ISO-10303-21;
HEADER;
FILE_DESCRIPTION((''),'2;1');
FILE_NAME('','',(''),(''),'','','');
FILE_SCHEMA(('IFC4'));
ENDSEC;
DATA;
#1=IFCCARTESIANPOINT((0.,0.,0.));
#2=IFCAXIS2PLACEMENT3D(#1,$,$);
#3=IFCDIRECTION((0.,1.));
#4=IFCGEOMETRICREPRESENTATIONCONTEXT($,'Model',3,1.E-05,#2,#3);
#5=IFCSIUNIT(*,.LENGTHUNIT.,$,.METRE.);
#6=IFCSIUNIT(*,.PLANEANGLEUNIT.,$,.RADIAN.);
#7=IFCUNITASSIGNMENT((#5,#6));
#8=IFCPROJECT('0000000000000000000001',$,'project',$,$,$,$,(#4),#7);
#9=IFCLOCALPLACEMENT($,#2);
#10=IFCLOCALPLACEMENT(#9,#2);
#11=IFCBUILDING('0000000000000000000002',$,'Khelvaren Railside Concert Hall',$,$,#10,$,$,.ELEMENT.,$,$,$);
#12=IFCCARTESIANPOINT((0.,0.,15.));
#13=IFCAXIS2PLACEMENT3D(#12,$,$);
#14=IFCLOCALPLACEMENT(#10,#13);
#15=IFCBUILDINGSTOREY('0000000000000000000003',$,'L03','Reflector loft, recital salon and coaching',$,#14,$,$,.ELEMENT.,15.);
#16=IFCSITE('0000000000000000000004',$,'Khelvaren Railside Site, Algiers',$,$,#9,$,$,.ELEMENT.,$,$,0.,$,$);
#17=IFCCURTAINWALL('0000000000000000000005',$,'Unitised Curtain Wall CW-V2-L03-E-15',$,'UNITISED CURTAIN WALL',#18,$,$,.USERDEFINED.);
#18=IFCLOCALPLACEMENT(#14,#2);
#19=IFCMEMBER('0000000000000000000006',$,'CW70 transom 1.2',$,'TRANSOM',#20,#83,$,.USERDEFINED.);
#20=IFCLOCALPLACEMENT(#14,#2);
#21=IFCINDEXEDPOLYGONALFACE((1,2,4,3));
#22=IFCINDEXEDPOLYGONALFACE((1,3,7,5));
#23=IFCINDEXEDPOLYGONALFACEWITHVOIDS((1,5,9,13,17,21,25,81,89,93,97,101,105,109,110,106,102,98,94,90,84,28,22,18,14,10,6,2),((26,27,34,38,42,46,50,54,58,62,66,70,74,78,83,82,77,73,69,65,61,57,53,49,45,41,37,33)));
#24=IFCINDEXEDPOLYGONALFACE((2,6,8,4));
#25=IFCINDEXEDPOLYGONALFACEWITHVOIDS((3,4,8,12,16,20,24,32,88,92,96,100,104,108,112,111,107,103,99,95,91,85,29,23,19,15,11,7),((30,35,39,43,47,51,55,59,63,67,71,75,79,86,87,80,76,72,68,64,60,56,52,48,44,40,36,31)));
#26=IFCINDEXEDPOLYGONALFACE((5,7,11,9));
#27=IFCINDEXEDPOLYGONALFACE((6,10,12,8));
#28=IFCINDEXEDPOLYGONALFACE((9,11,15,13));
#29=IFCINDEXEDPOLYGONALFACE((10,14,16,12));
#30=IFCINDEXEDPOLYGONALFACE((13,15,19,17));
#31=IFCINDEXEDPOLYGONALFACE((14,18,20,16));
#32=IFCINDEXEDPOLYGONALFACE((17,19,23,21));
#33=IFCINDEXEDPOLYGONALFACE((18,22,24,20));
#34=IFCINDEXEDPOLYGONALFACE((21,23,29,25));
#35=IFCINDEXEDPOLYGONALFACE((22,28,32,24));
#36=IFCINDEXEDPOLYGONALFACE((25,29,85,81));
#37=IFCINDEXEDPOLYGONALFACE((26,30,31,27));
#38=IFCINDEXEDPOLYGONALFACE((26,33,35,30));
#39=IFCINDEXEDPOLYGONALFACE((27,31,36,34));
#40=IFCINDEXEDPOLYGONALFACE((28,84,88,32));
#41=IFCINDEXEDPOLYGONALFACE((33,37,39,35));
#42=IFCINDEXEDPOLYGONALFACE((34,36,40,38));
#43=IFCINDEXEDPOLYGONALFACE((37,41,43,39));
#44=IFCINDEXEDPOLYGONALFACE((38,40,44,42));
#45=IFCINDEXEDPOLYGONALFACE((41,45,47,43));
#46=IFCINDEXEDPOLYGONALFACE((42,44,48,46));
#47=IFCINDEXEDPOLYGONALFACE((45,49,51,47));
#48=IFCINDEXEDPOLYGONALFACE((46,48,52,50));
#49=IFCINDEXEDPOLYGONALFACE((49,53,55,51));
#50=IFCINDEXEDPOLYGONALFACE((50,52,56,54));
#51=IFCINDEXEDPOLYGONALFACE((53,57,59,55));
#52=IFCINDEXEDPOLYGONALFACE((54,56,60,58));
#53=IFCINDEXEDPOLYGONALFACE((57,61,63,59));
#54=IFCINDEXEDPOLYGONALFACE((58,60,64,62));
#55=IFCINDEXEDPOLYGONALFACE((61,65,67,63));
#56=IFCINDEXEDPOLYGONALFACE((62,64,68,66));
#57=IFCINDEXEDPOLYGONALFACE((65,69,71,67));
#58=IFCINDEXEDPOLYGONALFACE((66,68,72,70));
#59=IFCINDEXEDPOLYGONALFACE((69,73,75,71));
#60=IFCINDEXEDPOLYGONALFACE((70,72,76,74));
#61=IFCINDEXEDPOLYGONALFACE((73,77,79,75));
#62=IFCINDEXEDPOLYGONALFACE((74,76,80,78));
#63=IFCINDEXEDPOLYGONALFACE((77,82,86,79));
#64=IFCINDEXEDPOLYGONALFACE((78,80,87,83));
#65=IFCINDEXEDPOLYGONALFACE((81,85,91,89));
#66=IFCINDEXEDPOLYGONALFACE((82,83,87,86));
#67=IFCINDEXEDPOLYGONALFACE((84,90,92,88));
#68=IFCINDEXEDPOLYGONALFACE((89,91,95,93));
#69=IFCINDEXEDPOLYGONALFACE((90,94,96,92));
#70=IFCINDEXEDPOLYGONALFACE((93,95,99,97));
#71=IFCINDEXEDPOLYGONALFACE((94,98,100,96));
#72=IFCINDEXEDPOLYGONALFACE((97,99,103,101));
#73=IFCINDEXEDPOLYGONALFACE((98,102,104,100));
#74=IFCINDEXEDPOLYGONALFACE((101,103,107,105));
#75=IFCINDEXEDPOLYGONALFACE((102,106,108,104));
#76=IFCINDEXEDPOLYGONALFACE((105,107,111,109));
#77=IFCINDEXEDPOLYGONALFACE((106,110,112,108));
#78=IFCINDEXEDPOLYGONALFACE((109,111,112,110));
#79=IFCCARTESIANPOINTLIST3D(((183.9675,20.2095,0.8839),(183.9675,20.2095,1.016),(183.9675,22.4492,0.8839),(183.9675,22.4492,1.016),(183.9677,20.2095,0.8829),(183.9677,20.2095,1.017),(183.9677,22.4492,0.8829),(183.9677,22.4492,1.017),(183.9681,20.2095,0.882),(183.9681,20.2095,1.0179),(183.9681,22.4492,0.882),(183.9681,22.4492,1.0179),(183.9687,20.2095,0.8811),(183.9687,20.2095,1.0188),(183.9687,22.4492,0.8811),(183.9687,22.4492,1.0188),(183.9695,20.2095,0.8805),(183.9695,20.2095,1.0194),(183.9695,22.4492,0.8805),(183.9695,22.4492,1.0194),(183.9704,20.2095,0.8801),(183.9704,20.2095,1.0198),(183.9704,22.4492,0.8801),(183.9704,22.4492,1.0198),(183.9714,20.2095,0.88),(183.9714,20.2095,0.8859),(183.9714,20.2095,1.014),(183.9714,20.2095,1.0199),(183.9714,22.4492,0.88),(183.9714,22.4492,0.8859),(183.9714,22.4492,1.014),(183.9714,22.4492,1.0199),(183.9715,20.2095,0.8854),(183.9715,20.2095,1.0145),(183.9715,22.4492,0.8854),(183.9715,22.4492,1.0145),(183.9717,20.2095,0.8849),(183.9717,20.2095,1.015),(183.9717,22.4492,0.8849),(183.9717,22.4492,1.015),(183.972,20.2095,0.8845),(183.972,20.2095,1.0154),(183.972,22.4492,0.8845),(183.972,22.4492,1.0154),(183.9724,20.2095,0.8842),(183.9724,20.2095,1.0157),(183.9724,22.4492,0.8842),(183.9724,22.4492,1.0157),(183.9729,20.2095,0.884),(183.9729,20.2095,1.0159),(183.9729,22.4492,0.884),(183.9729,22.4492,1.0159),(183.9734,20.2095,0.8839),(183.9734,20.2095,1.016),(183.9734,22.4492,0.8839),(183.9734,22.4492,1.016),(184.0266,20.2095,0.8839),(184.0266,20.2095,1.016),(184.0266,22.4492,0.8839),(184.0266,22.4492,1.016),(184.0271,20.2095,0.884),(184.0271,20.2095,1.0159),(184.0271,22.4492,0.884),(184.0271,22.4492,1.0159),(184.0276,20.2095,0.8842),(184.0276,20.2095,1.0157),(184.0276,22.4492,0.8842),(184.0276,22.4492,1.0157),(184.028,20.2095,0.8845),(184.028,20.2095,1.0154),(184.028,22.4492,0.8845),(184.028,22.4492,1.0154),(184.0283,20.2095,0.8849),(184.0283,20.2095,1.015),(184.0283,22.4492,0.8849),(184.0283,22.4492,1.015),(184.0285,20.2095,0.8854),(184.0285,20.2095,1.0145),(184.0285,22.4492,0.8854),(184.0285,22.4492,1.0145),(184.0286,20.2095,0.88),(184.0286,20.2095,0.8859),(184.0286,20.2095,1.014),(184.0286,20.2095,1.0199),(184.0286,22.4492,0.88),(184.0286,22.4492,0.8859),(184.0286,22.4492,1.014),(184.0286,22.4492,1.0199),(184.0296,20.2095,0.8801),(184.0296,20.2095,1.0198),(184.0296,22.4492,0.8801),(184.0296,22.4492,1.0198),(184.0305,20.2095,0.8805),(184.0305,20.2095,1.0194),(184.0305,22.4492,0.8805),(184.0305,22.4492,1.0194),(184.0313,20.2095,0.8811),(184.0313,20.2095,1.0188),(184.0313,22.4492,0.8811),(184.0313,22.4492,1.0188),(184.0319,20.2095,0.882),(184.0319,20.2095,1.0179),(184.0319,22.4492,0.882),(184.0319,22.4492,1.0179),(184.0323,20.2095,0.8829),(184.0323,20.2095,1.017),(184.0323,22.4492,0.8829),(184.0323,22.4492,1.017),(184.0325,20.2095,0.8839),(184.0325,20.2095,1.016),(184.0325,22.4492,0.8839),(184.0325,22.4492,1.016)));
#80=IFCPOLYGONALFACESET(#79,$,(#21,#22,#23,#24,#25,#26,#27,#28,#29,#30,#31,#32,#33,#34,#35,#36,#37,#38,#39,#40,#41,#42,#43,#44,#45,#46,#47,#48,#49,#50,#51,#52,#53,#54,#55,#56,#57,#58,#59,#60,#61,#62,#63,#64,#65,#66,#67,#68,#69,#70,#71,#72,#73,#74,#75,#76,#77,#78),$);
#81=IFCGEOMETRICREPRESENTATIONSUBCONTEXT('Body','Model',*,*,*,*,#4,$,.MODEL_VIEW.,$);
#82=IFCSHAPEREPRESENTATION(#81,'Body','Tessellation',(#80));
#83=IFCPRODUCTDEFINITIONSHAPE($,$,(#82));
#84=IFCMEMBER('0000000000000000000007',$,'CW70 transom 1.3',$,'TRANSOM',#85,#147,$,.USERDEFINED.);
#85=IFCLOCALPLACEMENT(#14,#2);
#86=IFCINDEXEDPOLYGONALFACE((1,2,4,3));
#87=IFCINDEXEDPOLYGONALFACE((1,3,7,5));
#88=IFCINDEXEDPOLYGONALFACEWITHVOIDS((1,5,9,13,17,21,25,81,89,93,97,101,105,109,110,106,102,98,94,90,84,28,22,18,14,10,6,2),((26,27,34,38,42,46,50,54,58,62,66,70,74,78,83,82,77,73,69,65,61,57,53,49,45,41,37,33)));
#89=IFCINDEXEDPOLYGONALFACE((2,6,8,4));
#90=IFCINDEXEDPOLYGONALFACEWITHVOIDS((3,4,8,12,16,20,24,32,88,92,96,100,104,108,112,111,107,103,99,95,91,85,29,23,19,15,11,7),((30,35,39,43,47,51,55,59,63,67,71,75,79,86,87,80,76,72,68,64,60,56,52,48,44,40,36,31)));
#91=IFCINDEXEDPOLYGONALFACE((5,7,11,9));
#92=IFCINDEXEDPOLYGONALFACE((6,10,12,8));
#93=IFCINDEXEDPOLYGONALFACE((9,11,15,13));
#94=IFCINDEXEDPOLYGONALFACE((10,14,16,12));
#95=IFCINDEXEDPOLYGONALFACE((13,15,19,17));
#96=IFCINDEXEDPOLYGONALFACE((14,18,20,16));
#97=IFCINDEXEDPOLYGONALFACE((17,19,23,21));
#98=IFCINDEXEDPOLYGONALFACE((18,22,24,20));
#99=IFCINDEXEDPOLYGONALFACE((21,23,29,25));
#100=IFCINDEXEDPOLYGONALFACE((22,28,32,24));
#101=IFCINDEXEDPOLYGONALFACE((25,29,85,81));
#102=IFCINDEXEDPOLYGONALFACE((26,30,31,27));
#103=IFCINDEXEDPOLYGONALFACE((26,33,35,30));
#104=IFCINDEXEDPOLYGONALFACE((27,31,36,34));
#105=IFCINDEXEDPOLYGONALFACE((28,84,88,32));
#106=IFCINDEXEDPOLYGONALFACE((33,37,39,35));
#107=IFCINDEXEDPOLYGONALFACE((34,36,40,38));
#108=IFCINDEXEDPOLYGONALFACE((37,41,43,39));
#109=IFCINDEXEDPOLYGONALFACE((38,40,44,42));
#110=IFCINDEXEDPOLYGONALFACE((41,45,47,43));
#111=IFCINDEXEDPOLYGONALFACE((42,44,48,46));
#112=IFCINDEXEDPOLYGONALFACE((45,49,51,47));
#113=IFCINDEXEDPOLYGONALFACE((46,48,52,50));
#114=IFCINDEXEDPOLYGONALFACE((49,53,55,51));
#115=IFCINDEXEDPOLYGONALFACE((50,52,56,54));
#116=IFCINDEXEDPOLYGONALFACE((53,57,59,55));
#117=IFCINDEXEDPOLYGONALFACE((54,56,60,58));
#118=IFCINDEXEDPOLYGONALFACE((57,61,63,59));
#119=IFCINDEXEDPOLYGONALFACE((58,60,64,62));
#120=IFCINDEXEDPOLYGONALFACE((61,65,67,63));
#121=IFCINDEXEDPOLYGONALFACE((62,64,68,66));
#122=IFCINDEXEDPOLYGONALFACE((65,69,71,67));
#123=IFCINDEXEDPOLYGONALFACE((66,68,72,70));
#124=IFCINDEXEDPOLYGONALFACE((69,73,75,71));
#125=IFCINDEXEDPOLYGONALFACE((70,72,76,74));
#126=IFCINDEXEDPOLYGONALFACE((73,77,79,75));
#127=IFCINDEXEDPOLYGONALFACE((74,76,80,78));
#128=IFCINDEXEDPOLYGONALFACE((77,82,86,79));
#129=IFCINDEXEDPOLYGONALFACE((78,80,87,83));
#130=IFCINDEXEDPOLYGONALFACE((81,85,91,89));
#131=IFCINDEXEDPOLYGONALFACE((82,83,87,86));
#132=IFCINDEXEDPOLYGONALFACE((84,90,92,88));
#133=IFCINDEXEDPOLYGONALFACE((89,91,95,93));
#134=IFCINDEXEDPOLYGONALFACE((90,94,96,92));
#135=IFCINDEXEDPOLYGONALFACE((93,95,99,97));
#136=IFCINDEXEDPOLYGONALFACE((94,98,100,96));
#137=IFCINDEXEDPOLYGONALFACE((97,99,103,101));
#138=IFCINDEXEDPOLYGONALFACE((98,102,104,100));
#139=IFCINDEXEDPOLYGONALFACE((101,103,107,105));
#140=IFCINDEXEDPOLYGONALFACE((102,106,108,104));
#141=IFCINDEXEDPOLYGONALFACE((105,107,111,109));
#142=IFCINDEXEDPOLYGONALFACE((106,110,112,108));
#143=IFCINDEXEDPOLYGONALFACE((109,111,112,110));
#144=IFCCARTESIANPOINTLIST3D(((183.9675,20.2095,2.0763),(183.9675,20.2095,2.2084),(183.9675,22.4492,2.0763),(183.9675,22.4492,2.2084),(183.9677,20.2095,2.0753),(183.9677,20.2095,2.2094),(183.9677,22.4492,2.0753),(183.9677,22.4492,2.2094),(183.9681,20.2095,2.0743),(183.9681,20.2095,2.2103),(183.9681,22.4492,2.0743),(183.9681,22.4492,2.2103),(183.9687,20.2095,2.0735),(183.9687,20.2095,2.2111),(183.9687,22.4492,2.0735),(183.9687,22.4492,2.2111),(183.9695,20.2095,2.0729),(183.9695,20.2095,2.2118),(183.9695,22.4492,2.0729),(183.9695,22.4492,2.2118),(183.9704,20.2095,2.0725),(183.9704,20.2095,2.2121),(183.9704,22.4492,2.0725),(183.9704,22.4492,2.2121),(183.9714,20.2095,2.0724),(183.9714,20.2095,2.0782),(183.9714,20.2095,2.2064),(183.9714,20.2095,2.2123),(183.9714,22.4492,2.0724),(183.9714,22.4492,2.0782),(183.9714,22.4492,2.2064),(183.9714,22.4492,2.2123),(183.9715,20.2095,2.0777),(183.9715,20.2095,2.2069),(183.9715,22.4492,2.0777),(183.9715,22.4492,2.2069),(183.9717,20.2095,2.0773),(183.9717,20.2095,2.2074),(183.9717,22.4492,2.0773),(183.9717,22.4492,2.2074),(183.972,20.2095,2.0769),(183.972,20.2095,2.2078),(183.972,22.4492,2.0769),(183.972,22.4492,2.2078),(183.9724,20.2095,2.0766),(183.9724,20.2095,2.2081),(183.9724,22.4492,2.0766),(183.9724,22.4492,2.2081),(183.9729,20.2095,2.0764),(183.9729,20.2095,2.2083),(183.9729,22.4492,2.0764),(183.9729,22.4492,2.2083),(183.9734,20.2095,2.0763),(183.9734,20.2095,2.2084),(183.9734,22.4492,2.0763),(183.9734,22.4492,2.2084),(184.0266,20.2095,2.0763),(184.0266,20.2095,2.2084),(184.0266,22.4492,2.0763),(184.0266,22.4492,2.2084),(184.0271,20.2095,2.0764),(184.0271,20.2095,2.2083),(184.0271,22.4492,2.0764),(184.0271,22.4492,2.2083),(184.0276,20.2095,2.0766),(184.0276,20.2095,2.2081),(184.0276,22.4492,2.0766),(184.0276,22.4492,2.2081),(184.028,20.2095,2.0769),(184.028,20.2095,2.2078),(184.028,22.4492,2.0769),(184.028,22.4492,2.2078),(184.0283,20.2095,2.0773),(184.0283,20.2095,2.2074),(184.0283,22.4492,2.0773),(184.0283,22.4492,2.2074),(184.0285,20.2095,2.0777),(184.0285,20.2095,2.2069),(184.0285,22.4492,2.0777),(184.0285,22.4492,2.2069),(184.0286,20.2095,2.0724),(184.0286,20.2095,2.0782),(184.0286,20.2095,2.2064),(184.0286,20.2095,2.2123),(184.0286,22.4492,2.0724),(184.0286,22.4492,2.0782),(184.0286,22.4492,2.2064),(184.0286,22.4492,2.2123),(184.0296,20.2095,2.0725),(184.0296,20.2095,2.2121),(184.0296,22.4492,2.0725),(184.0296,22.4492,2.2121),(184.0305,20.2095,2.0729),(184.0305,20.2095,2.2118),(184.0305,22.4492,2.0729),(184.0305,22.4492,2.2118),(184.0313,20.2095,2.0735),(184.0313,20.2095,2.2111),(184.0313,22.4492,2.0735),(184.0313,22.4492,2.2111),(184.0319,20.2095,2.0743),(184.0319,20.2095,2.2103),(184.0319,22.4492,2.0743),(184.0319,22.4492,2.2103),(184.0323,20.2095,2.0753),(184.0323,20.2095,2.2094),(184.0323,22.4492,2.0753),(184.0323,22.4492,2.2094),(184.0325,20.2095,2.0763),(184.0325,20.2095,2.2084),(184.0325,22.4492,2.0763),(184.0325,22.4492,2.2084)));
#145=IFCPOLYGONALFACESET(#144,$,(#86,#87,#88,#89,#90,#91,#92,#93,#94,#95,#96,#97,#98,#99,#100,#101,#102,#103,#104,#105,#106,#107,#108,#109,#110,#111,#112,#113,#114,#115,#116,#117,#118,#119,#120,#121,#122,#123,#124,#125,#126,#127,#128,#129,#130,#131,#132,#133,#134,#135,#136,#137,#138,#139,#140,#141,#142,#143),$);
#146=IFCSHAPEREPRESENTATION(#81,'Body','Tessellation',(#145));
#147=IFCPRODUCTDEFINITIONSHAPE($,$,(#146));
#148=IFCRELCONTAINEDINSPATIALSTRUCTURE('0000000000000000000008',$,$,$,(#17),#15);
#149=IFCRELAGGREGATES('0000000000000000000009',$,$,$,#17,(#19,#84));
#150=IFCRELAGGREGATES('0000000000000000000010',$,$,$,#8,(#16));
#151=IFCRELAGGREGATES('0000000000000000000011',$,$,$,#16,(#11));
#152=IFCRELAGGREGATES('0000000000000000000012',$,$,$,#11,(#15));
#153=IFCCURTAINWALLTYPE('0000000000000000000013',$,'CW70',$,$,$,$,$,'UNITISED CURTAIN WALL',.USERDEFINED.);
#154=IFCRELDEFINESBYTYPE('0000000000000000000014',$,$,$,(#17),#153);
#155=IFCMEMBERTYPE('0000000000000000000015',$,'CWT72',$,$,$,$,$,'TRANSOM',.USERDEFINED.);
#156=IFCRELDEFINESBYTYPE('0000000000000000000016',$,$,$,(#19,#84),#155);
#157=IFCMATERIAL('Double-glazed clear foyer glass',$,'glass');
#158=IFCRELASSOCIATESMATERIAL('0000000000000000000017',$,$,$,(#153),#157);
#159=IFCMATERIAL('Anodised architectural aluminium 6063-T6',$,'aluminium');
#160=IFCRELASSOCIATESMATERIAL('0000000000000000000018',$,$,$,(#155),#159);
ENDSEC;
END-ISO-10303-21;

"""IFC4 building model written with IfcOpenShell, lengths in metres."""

from ifc_helpers import new_model, si_unit, direction, frame, origin, origin_2d, place, context, subcontext, project, spatial, hollow_rectangle, extrude, material, material_profile, profile_set, type_object, element, aggregate, save


model = new_model("IFC4")

# Units and contexts
model_context = context("Model", 3, precision=1e-05, world=origin(), true_north=direction((0.0, 1.0)))
body_context = subcontext(model_context, "Body", "Model", "MODEL_VIEW")
ifc_project = project(units=[si_unit("LENGTHUNIT", "METRE"), si_unit("PLANEANGLEUNIT", "RADIAN")], contexts=[model_context])

# Site, building, storey
site_placement = place(None, origin())
site = spatial("IfcSite", under=ifc_project, at=site_placement, Name="Khelvaren Railside Site, Algiers", CompositionType="ELEMENT", RefElevation=0.0)
building_placement = place(site_placement, origin())
building = spatial("IfcBuilding", under=site, at=building_placement, Name="Khelvaren Railside Concert Hall", CompositionType="ELEMENT")
storey_placement = place(building_placement, frame((0.0, 0.0, 15.0)))
storey = spatial("IfcBuildingStorey", under=building, at=storey_placement, Name="L03", Description="Reflector loft, recital salon and coaching", CompositionType="ELEMENT", Elevation=15.0)

# Curtain wall
ifc_material_1 = material(Name="Double-glazed clear foyer glass", Category="glass")
curtain_wall_type_1 = type_object("IfcCurtainWallType", Name="CW70", ElementType="UNITISED CURTAIN WALL", PredefinedType="USERDEFINED", material=ifc_material_1)
curtain_wall_1_placement = place(storey_placement, origin())
curtain_wall_1 = element("IfcCurtainWall", 1, at=curtain_wall_1_placement, inside=storey, type_object=curtain_wall_type_1, Name="Unitised Curtain Wall CW-V2-L03-E-15", ObjectType="UNITISED CURTAIN WALL", PredefinedType="USERDEFINED")
ifc_material_2 = material(Name="Anodised architectural aluminium 6063-T6", Category="aluminium")

# Members
ifc_material_profile_1 = material_profile(ifc_material_2, hollow_rectangle(XDim=0.0649, YDim=0.1399, WallThickness=0.0039, InnerFilletRadius=0.002, OuterFilletRadius=0.0039, at=origin_2d()), Name="CWT 65x140x4")
ifc_profile_set_1 = profile_set([ifc_material_profile_1], Name="Anodised architectural aluminium 6063-T6")
member_type_1 = type_object("IfcMemberType", Name="CWT72", ElementType="TRANSOM", PredefinedType="USERDEFINED", material=ifc_profile_set_1)
member_1_placement = place(storey_placement, frame((184.0, 22.4492, 0.95), z_axis=(0.0, -1.0, 0.0), x_axis=(1.0, 0.0, 0.0)))
member_1 = element("IfcMember", 2, at=member_1_placement, type_object=member_type_1, Name="CW70 transom 1.2", ObjectType="TRANSOM", PredefinedType="USERDEFINED", context=body_context, shape_type="SweptSolid", body=[
    extrude(hollow_rectangle(XDim=0.0649, YDim=0.1399, WallThickness=0.0039, InnerFilletRadius=0.002, OuterFilletRadius=0.0039, at=origin_2d()), origin(), (0.0, 0.0, 1.0), 2.2397),
])
member_2_placement = place(storey_placement, frame((184.0, 22.4492, 2.1423), z_axis=(0.0, -1.0, 0.0), x_axis=(1.0, 0.0, 0.0)))
member_2 = element("IfcMember", 3, at=member_2_placement, type_object=member_type_1, Name="CW70 transom 1.3", ObjectType="TRANSOM", PredefinedType="USERDEFINED", context=body_context, shape_type="SweptSolid", body=[
    extrude(hollow_rectangle(XDim=0.0649, YDim=0.1399, WallThickness=0.0039, InnerFilletRadius=0.002, OuterFilletRadius=0.0039, at=origin_2d()), origin(), (0.0, 0.0, 1.0), 2.2397),
])

aggregate(curtain_wall_1, [member_1, member_2])

save(model, "model.ifc")
